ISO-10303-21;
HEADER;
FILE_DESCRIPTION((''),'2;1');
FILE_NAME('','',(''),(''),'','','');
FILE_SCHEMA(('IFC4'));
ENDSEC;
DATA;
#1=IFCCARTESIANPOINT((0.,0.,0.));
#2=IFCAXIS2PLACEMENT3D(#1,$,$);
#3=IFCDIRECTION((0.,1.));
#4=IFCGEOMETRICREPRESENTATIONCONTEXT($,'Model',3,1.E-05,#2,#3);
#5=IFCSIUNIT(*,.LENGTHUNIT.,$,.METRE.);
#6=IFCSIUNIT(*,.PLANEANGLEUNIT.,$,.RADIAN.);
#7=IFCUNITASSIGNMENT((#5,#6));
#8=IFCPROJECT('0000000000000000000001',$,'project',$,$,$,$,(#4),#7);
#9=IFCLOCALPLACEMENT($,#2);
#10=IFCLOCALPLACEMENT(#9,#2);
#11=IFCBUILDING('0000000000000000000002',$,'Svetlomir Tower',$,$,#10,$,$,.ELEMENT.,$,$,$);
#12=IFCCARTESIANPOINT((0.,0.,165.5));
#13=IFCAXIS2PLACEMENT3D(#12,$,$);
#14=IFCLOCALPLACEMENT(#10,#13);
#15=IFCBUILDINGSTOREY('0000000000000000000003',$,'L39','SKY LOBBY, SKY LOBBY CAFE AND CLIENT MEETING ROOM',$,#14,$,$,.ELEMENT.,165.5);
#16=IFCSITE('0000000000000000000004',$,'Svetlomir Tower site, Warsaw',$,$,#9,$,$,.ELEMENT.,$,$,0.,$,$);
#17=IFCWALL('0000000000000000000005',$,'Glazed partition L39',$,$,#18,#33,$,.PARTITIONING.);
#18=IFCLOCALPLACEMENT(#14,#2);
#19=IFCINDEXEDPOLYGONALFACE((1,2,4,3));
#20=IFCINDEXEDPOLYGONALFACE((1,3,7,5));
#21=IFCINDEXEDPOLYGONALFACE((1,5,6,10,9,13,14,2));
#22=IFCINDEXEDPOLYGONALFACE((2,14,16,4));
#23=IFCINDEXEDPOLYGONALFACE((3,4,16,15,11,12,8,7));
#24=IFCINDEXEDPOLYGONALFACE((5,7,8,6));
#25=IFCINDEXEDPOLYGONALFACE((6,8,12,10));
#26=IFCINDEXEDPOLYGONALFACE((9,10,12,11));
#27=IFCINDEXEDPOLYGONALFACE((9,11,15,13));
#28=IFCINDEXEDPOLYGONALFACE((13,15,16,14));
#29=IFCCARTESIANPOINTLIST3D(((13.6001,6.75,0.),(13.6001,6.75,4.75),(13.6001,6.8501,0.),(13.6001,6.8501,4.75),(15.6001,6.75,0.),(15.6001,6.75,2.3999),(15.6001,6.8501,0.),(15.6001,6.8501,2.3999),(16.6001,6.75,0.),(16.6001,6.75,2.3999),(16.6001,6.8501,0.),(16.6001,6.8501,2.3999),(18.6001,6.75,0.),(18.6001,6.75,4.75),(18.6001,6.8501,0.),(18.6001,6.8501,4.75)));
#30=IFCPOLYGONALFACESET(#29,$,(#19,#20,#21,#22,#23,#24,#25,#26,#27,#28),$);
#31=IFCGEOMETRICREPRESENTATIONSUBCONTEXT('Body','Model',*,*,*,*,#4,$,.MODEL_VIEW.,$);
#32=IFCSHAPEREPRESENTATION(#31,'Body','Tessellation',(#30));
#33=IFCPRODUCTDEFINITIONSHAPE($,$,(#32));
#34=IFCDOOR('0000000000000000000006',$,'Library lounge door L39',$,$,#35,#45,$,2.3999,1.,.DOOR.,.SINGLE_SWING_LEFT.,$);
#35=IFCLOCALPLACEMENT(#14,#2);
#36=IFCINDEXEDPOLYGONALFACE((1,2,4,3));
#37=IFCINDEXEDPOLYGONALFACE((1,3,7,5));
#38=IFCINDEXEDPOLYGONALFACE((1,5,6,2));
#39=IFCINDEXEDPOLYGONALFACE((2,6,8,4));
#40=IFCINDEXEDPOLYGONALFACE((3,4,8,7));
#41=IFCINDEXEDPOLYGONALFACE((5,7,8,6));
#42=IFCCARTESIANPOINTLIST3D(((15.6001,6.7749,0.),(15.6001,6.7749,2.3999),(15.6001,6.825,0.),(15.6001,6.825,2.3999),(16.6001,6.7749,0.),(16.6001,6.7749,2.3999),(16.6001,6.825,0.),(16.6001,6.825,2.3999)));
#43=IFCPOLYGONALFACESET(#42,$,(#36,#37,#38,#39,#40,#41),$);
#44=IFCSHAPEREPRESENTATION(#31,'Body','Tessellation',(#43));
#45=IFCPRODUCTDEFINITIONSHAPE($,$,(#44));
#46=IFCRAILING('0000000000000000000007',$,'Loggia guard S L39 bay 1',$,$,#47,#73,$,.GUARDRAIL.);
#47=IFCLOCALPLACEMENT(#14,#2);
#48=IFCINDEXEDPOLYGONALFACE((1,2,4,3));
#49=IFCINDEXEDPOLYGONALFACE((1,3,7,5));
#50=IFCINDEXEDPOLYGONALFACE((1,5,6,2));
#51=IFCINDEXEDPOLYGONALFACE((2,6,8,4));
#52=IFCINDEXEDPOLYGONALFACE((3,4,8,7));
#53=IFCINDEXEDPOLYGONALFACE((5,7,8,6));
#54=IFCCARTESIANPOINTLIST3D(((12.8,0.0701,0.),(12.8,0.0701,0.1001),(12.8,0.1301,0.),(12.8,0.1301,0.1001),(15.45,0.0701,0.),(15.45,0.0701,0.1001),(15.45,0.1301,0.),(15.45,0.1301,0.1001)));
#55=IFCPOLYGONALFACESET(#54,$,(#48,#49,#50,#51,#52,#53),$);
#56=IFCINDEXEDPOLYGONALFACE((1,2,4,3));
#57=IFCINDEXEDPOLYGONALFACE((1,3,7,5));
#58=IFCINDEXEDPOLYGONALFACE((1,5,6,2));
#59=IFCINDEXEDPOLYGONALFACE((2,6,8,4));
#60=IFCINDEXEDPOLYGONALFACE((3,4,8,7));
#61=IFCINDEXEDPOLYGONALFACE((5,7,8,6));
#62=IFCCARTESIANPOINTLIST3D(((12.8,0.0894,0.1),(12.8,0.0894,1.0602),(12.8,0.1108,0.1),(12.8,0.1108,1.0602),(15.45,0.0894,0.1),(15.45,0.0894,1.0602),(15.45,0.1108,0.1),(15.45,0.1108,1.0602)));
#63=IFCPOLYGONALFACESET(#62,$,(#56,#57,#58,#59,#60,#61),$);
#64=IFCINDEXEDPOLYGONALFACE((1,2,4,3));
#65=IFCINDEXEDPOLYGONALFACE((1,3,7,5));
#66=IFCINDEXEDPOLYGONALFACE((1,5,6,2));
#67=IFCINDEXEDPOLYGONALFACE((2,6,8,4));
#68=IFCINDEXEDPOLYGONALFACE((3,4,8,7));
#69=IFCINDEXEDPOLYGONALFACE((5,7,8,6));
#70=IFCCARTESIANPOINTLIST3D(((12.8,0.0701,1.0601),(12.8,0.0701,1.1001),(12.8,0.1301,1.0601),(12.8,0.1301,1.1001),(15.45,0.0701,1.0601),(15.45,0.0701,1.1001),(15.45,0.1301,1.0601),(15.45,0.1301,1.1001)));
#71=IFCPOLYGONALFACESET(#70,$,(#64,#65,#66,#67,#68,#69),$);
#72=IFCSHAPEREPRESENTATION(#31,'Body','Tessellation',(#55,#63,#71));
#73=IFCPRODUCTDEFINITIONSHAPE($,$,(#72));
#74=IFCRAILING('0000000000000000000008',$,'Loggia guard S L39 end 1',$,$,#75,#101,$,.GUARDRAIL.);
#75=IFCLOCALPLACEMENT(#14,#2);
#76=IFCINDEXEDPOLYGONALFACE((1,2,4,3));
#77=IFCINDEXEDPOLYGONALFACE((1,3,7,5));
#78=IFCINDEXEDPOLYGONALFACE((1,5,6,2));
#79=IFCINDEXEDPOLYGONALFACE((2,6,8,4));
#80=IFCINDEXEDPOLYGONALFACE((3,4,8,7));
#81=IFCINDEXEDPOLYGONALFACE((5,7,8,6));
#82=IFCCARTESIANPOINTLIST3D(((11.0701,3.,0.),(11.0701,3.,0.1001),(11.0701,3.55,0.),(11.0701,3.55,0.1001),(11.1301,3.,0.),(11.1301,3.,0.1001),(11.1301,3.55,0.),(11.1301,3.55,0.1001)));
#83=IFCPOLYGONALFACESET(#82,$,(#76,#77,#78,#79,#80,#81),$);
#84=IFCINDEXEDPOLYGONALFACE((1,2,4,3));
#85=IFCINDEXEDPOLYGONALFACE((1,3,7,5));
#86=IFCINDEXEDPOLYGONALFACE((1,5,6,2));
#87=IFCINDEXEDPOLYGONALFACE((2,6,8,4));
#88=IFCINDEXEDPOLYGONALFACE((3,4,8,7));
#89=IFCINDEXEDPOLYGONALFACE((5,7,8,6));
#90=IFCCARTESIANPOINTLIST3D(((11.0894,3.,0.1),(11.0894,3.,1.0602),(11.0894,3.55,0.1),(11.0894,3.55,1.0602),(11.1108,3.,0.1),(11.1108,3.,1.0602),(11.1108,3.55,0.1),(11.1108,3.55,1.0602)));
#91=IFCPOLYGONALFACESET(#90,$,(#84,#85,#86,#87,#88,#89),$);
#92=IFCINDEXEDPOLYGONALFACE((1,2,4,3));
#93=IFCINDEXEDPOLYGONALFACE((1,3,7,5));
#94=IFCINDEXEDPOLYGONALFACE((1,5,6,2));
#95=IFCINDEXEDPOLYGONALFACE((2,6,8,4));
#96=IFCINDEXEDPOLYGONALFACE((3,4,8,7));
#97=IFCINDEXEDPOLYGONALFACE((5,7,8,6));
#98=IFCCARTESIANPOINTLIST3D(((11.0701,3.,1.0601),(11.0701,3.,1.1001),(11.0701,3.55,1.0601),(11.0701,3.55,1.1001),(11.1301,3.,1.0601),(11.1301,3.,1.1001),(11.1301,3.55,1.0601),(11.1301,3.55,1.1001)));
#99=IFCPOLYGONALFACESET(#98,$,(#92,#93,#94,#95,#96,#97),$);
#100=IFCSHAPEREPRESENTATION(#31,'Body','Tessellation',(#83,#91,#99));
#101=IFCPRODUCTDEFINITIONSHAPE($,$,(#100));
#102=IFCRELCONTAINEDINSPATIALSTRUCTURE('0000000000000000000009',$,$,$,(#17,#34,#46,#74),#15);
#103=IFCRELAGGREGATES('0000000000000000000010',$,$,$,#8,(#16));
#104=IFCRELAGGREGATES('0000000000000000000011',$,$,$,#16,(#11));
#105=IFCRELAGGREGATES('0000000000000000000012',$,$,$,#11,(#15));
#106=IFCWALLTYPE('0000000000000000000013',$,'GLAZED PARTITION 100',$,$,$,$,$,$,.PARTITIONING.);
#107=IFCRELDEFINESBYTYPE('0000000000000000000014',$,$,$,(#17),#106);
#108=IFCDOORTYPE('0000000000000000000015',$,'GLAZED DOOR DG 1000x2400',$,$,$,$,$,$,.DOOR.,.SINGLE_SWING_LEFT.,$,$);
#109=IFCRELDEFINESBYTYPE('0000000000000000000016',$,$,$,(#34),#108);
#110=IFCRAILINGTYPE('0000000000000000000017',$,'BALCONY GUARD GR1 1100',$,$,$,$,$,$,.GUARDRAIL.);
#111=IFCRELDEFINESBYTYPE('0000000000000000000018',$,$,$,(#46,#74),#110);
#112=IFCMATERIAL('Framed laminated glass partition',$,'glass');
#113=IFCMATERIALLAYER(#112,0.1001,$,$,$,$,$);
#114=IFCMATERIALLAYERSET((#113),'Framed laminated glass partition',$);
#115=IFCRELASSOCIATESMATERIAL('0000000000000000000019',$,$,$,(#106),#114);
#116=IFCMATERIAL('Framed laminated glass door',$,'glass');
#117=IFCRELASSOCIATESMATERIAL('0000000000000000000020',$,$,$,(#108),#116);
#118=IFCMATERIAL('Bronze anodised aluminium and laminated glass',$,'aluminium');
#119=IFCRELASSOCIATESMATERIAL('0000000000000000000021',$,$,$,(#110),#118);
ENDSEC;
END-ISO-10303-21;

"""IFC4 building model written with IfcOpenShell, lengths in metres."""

from ifc_helpers import new_model, si_unit, direction, frame, frame_2d, origin, origin_2d, place, context, subcontext, project, spatial, rectangle, extrude, material, layer, layer_set, type_object, element, fill, save


model = new_model("IFC4")

# Units and contexts
model_context = context("Model", 3, precision=1e-05, world=origin(), true_north=direction((0.0, 1.0)))
body_context = subcontext(model_context, "Body", "Model", "MODEL_VIEW")
ifc_project = project(units=[si_unit("LENGTHUNIT", "METRE"), si_unit("PLANEANGLEUNIT", "RADIAN")], contexts=[model_context])

# Site, building, storey
site_placement = place(None, origin())
site = spatial("IfcSite", under=ifc_project, at=site_placement, Name="Svetlomir Tower site, Warsaw", CompositionType="ELEMENT", RefElevation=0.0)
building_placement = place(site_placement, origin())
building = spatial("IfcBuilding", under=site, at=building_placement, Name="Svetlomir Tower", CompositionType="ELEMENT")
storey_placement = place(building_placement, frame((0.0, 0.0, 165.5)))
storey = spatial("IfcBuildingStorey", under=building, at=storey_placement, Name="L39", Description="SKY LOBBY, SKY LOBBY CAFE AND CLIENT MEETING ROOM", CompositionType="ELEMENT", Elevation=165.5)

# Shared definitions
ifc_material_1 = material(Name="Framed laminated glass partition", Category="glass")
ifc_layer_1 = layer(ifc_material_1, 0.1001)
ifc_layer_set_1 = layer_set([ifc_layer_1], Name="Framed laminated glass partition")
wall_type = type_object("IfcWallType", Name="GLAZED PARTITION 100", PredefinedType="PARTITIONING", material=ifc_layer_set_1)

# Wall, opening, door
wall_1_placement = place(storey_placement, frame((13.6001, 6.8, 0.0), z_axis=(0.0, 0.0, 1.0), x_axis=(1.0, 0.0, 0.0)))
wall_1 = element("IfcWall", 1, at=wall_1_placement, inside=storey, type_object=wall_type, Name="Glazed partition L39", PredefinedType="PARTITIONING", context=body_context, shape_type="SweptSolid", body=[
    extrude(rectangle(XDim=5.0, YDim=0.1001, at=frame_2d((2.5, 0.0))), origin(), (0.0, 0.0, 1.0), 4.75),
])
opening_placement = place(wall_1_placement, frame((2.0, 0.0, 0.0)))
opening = element("IfcOpeningElement", 2, at=opening_placement, cuts=wall_1, PredefinedType="OPENING", context=body_context, shape_type="SweptSolid", body=[
    extrude(rectangle(XDim=1.0, YDim=2.3999, at=frame_2d((0.5, 1.2))), frame((0.0, 0.0601, 0.0), z_axis=(0.0, -1.0, 0.0), x_axis=(1.0, 0.0, 0.0)), (0.0, 0.0, 1.0), 0.1201),
])
ifc_material_2 = material(Name="Framed laminated glass door", Category="glass")
door_type = type_object("IfcDoorType", Name="GLAZED DOOR DG 1000x2400", OperationType="SINGLE_SWING_LEFT", PredefinedType="DOOR", material=ifc_material_2)
door_placement = place(opening_placement, origin())
door = element("IfcDoor", 3, at=door_placement, inside=storey, type_object=door_type, Name="Library lounge door L39", OperationType="SINGLE_SWING_LEFT", OverallHeight=2.3999, OverallWidth=1.0, PredefinedType="DOOR", context=body_context, shape_type="SweptSolid", body=[
    extrude(rectangle(XDim=1.0, YDim=2.3999, at=frame_2d((0.5, 1.2))), frame((0.0, 0.0249, 0.0), z_axis=(0.0, -1.0, 0.0), x_axis=(1.0, 0.0, 0.0)), (0.0, 0.0, 1.0), 0.05),
])
fill(opening, door)

# Railings
ifc_material_3 = material(Name="Bronze anodised aluminium and laminated glass", Category="aluminium")
railing_type = type_object("IfcRailingType", Name="BALCONY GUARD GR1 1100", PredefinedType="GUARDRAIL", material=ifc_material_3)
railing_1_placement = place(storey_placement, frame((12.8, 0.1001, 0.0)))
element("IfcRailing", 4, at=railing_1_placement, inside=storey, type_object=railing_type, Name="Loggia guard S L39 bay 1", PredefinedType="GUARDRAIL", context=body_context, shape_type="SweptSolid", body=[
    extrude(rectangle(XDim=0.0601, YDim=0.1001, at=origin_2d()), frame((0.0, 0.0, 0.05), z_axis=(1.0, 0.0, 0.0), x_axis=(0.0, 1.0, 0.0)), (0.0, 0.0, 1.0), 2.6499),
    extrude(rectangle(XDim=0.0215, YDim=0.9602, at=origin_2d()), frame((0.0, 0.0, 0.5801), z_axis=(1.0, 0.0, 0.0), x_axis=(0.0, 1.0, 0.0)), (0.0, 0.0, 1.0), 2.6499),
    extrude(rectangle(XDim=0.0601, YDim=0.04, at=origin_2d()), frame((0.0, 0.0, 1.0801), z_axis=(1.0, 0.0, 0.0), x_axis=(0.0, 1.0, 0.0)), (0.0, 0.0, 1.0), 2.6499),
])
railing_2_placement = place(storey_placement, frame((11.1001, 3.55, 0.0)))
element("IfcRailing", 5, at=railing_2_placement, inside=storey, type_object=railing_type, Name="Loggia guard S L39 end 1", PredefinedType="GUARDRAIL", context=body_context, shape_type="SweptSolid", body=[
    extrude(rectangle(XDim=0.0601, YDim=0.1001, at=origin_2d()), frame((0.0, 0.0, 0.05), z_axis=(0.0, -1.0, 0.0), x_axis=(1.0, 0.0, 0.0)), (0.0, 0.0, 1.0), 0.55),
    extrude(rectangle(XDim=0.0215, YDim=0.9602, at=origin_2d()), frame((0.0, 0.0, 0.5801), z_axis=(0.0, -1.0, 0.0), x_axis=(1.0, 0.0, 0.0)), (0.0, 0.0, 1.0), 0.55),
    extrude(rectangle(XDim=0.0601, YDim=0.04, at=origin_2d()), frame((0.0, 0.0, 1.0801), z_axis=(0.0, -1.0, 0.0), x_axis=(1.0, 0.0, 0.0)), (0.0, 0.0, 1.0), 0.55),
])

save(model, "model.ifc")
